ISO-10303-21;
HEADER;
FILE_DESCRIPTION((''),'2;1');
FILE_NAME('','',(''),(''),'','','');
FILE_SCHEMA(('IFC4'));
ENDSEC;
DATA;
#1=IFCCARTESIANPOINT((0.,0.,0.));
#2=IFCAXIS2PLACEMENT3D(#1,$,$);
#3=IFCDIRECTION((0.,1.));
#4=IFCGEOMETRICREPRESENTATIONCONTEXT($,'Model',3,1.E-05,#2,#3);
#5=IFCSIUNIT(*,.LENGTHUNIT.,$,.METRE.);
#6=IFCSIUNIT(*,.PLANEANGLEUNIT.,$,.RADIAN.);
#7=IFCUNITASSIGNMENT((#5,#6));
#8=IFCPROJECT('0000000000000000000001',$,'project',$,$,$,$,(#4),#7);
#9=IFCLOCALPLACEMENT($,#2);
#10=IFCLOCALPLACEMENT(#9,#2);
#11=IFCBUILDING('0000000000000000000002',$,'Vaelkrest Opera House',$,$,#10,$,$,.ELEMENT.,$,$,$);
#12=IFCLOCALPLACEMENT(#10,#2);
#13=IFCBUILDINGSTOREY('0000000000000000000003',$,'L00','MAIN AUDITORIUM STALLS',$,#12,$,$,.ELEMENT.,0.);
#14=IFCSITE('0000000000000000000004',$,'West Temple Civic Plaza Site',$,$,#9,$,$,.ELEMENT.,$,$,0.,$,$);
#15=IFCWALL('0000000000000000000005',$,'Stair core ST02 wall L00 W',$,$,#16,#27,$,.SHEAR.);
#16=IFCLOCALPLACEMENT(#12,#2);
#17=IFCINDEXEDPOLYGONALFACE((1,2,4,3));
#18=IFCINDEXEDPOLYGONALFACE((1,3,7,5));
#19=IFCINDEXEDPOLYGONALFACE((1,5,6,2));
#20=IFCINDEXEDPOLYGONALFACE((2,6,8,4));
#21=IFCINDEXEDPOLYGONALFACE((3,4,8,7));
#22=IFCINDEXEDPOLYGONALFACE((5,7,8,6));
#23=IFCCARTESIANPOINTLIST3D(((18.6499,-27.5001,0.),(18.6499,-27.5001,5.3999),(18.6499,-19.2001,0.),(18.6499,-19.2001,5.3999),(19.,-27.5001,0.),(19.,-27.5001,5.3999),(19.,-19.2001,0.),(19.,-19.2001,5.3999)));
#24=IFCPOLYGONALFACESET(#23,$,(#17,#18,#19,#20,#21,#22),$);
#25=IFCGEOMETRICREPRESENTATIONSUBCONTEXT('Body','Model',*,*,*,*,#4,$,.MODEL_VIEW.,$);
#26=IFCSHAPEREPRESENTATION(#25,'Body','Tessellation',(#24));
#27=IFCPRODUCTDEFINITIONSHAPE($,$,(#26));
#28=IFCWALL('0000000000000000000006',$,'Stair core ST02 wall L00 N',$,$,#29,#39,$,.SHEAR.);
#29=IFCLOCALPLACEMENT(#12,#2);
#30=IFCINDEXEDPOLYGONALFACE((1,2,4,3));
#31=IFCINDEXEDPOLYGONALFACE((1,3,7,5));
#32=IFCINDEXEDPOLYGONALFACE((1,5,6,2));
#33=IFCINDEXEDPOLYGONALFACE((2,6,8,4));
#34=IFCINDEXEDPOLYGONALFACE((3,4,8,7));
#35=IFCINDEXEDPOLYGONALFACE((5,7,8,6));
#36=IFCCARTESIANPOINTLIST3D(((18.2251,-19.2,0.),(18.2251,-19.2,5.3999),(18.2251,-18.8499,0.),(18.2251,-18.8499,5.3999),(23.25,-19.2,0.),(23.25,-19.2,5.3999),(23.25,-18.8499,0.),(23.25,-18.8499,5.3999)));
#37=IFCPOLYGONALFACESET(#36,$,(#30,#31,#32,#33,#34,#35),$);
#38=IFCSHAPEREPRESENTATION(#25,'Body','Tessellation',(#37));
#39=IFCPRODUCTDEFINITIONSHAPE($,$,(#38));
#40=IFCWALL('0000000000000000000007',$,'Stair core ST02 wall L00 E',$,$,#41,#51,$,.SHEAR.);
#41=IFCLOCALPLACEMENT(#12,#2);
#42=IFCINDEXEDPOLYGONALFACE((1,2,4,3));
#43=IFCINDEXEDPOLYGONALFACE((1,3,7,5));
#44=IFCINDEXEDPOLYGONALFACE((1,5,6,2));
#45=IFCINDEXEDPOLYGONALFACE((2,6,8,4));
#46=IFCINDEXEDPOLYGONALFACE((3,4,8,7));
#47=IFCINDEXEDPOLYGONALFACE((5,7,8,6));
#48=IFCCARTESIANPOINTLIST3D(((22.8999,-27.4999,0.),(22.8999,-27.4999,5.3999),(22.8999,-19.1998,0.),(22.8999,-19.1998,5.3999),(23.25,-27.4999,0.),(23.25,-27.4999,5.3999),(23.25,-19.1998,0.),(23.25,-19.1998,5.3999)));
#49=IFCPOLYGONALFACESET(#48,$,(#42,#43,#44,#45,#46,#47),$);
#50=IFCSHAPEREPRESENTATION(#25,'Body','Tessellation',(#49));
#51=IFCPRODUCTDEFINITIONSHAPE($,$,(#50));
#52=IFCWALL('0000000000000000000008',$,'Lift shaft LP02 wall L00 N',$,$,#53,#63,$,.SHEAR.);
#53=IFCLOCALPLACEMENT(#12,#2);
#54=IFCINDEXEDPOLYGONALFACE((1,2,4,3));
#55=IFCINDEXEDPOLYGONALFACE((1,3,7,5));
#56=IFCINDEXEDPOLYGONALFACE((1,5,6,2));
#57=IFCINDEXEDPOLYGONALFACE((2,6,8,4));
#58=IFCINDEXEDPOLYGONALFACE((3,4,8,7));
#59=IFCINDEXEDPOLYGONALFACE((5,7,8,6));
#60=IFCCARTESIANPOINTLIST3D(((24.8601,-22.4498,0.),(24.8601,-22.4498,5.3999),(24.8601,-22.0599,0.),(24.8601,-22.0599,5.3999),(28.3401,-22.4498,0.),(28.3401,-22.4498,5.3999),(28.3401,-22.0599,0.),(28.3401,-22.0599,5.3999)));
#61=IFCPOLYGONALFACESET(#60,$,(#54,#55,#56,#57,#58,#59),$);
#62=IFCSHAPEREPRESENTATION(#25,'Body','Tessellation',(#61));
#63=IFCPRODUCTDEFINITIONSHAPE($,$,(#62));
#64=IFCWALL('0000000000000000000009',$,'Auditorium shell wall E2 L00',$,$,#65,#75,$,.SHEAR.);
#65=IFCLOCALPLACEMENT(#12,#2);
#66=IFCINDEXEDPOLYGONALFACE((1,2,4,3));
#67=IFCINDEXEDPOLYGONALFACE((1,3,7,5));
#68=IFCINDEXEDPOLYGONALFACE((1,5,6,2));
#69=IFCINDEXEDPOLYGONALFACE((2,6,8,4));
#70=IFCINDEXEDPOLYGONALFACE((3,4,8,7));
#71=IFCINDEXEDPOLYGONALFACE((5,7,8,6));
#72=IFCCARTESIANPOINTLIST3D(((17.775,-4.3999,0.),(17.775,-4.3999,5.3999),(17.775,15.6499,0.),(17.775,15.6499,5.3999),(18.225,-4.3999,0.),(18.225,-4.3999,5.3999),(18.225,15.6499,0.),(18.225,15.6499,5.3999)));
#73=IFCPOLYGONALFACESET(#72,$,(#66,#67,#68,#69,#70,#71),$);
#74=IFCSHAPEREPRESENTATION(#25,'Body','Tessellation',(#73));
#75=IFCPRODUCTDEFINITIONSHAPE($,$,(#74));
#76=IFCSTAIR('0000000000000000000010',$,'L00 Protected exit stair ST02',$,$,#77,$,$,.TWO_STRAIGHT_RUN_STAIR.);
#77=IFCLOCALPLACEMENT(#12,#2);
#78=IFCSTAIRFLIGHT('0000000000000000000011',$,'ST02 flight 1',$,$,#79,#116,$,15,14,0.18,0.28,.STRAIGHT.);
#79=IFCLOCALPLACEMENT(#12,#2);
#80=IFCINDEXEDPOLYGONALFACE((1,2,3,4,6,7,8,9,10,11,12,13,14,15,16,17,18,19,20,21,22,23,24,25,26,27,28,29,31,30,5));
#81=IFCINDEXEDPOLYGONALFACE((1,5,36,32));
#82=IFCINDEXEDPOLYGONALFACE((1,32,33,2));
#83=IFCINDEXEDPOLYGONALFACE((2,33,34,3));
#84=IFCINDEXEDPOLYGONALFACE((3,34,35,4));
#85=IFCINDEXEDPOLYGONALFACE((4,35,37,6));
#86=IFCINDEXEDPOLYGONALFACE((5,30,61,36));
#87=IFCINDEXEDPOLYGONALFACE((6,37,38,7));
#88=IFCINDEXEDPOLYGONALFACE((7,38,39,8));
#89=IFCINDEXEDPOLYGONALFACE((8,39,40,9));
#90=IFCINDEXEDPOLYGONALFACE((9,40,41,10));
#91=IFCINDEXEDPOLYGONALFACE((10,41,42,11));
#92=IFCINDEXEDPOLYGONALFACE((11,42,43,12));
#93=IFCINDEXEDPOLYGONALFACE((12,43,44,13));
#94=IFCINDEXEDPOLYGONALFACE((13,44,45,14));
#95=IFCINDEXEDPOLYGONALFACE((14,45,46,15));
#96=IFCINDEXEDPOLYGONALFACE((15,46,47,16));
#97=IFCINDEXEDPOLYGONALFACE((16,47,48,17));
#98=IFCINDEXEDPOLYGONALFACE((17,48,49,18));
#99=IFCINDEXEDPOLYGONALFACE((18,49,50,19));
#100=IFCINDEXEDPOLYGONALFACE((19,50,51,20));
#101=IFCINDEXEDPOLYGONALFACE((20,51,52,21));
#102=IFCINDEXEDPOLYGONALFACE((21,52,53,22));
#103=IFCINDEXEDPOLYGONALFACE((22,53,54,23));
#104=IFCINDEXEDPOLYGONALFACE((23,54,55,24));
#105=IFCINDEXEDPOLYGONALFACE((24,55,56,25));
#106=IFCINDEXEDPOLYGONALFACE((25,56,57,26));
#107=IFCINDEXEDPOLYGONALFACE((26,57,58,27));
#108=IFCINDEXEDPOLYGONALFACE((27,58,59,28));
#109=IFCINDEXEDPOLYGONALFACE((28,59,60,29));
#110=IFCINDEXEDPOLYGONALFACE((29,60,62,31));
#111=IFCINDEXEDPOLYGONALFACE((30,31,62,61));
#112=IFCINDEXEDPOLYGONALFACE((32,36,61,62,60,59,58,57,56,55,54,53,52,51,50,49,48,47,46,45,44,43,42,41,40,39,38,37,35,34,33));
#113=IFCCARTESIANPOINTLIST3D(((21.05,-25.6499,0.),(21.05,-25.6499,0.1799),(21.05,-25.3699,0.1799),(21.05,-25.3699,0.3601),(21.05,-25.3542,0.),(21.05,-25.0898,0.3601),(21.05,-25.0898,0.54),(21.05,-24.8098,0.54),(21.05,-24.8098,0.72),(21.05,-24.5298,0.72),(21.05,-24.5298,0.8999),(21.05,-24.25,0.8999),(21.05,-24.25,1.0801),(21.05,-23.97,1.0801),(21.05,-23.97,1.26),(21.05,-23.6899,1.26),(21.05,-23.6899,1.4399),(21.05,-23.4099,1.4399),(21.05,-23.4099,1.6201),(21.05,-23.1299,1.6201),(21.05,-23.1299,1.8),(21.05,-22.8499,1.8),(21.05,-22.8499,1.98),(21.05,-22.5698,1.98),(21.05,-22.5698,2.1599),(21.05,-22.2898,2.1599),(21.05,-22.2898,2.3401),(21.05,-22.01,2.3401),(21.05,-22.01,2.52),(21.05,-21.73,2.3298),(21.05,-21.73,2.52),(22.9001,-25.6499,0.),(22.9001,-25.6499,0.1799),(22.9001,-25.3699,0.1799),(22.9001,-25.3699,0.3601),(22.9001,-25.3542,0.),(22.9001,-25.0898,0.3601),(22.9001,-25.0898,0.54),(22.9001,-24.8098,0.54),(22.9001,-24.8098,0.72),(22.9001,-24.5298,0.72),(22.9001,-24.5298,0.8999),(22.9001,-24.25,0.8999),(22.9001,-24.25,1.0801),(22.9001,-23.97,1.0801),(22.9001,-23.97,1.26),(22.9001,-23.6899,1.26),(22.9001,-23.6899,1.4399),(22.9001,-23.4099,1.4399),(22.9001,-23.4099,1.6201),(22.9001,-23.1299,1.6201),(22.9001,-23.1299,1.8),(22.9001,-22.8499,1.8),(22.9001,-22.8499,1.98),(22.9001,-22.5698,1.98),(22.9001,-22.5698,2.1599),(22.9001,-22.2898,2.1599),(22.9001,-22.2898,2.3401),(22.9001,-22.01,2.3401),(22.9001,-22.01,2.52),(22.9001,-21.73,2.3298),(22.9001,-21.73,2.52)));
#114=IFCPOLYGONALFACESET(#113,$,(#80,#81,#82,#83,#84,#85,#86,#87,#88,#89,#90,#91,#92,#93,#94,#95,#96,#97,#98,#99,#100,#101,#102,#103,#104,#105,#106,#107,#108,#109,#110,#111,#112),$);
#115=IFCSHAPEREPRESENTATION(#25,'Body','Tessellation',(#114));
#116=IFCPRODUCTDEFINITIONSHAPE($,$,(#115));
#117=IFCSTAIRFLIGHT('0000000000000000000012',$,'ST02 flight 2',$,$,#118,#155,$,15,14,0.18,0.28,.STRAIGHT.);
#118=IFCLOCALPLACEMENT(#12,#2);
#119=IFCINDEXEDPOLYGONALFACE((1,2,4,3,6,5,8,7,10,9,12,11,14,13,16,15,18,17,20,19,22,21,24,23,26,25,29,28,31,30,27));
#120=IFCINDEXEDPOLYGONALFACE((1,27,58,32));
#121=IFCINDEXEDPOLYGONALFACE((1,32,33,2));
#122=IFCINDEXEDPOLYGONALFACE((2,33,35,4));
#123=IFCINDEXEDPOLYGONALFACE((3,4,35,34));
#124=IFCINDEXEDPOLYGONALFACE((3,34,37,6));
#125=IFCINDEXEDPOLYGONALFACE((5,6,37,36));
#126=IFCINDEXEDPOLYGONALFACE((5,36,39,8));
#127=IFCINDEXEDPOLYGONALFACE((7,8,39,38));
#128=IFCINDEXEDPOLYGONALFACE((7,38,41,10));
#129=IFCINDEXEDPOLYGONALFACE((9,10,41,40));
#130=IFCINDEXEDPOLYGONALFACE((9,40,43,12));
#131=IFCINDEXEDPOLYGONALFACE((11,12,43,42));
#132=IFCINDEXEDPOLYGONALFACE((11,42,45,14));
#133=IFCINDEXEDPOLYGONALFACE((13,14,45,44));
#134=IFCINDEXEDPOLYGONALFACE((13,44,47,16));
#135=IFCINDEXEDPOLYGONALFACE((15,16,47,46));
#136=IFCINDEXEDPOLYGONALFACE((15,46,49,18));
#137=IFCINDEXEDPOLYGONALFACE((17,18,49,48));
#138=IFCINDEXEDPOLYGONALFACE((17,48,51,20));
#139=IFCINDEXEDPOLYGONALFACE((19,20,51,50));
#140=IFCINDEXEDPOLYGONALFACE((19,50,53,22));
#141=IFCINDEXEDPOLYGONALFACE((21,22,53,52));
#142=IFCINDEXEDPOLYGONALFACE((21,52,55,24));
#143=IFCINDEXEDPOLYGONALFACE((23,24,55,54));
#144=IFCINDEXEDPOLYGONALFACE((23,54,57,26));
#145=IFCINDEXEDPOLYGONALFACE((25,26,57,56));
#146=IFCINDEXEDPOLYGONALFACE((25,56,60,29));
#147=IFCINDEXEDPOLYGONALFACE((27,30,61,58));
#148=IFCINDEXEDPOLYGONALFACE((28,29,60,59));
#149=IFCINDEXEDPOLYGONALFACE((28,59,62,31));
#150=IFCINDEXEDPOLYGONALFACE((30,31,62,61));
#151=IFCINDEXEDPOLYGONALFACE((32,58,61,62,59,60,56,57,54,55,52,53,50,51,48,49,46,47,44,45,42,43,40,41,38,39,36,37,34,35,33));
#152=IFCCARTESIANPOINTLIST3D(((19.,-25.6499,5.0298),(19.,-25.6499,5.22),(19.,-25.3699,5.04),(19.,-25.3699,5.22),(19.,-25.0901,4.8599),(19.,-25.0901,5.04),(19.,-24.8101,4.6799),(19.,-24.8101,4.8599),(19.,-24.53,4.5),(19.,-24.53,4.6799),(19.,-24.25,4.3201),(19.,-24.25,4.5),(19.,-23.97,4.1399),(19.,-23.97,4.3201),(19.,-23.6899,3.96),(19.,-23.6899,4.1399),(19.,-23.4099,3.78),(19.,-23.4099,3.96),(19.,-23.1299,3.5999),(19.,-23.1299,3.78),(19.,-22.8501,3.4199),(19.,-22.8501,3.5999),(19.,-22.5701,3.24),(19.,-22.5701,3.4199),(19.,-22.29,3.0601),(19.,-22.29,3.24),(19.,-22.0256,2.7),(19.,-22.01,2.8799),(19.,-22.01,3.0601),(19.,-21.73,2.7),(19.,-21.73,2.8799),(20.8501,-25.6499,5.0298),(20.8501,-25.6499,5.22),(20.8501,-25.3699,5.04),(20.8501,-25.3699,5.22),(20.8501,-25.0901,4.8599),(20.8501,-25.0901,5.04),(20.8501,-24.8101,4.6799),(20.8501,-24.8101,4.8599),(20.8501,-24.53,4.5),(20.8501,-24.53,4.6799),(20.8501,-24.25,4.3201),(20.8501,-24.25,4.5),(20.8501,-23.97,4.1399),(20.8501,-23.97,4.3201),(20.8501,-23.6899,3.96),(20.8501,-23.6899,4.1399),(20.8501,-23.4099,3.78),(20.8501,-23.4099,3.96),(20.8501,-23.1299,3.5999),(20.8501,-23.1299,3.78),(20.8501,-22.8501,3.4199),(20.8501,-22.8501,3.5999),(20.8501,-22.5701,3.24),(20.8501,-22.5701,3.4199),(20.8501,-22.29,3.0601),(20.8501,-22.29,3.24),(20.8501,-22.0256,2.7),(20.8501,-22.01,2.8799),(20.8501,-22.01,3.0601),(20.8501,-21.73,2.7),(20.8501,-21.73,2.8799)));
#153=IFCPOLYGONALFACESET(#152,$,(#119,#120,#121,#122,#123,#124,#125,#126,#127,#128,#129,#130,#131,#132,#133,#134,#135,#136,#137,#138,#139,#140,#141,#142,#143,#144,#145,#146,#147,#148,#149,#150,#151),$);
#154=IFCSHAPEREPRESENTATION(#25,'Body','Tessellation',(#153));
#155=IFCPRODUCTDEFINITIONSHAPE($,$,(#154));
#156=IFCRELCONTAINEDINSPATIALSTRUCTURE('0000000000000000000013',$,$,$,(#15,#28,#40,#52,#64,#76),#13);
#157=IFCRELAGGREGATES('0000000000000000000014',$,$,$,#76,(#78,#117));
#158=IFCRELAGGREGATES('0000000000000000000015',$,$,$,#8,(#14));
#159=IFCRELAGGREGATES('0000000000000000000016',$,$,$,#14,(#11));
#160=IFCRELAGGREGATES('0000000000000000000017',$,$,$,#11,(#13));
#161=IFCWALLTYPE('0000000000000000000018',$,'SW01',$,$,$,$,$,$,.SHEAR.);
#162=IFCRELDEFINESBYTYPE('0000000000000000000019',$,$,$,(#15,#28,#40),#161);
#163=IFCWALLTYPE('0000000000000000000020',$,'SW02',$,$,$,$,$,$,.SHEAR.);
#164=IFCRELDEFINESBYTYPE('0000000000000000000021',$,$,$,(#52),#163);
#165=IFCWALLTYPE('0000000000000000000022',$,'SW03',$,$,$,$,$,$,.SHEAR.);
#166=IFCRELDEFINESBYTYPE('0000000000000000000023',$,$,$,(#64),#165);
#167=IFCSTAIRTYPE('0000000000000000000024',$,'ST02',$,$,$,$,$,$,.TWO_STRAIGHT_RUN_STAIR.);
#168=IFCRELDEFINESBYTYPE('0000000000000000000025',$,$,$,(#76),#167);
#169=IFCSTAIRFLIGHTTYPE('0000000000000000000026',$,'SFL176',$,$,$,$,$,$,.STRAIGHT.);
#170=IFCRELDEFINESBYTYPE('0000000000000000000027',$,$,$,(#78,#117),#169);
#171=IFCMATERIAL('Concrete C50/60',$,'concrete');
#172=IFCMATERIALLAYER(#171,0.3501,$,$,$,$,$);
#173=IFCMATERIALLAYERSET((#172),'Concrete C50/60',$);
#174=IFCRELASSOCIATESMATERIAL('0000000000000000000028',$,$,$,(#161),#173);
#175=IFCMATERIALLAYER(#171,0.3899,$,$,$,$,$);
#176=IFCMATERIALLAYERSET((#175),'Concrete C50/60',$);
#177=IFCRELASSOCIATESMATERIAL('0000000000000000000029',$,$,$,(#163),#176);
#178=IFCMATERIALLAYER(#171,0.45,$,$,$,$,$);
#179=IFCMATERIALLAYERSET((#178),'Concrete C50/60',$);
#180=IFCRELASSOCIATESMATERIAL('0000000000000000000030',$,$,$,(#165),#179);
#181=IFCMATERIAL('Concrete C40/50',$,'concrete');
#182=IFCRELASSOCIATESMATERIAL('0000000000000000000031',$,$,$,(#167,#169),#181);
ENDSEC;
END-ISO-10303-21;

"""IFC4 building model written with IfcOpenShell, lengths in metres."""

from ifc_helpers import new_model, si_unit, direction, frame, frame_2d, origin, place, context, subcontext, project, spatial, polyline, rectangle, outline, extrude, material, layer, layer_set, type_object, element, aggregate, save


model = new_model("IFC4")

# Units and contexts
model_context = context("Model", 3, precision=1e-05, world=origin(), true_north=direction((0.0, 1.0)))
body_context = subcontext(model_context, "Body", "Model", "MODEL_VIEW")
ifc_project = project(units=[si_unit("LENGTHUNIT", "METRE"), si_unit("PLANEANGLEUNIT", "RADIAN")], contexts=[model_context])

# Site, building, storey
site_placement = place(None, origin())
site = spatial("IfcSite", under=ifc_project, at=site_placement, Name="West Temple Civic Plaza Site", CompositionType="ELEMENT", RefElevation=0.0)
building_placement = place(site_placement, origin())
building = spatial("IfcBuilding", under=site, at=building_placement, Name="Vaelkrest Opera House", CompositionType="ELEMENT")
storey_placement = place(building_placement, origin())
storey = spatial("IfcBuildingStorey", under=building, at=storey_placement, Name="L00", Description="MAIN AUDITORIUM STALLS", CompositionType="ELEMENT", Elevation=0.0)

# Shared definitions
ifc_material_1 = material(Name="Concrete C50/60", Category="concrete")

# Shared definitions
ifc_material_2 = material(Name="Concrete C40/50", Category="concrete")

# Walls
ifc_layer_1 = layer(ifc_material_1, 0.3501)
ifc_layer_set_1 = layer_set([ifc_layer_1], Name="Concrete C50/60")
wall_type_1 = type_object("IfcWallType", Name="SW01", PredefinedType="SHEAR", material=ifc_layer_set_1)
wall_1_placement = place(storey_placement, frame((18.825, -27.5, 0.0), z_axis=(0.0, 0.0, 1.0), x_axis=(0.0, 1.0, 0.0)))
element("IfcWall", 1, at=wall_1_placement, inside=storey, type_object=wall_type_1, Name="Stair core ST02 wall L00 W", PredefinedType="SHEAR", context=body_context, shape_type="SweptSolid", body=[
    extrude(rectangle(XDim=8.3, YDim=0.3501, at=frame_2d((4.1499, 0.0))), origin(), (0.0, 0.0, 1.0), 5.3999),
])
wall_2_placement = place(storey_placement, frame((18.2251, -19.0249, 0.0), z_axis=(0.0, 0.0, 1.0), x_axis=(1.0, 0.0, 0.0)))
element("IfcWall", 2, at=wall_2_placement, inside=storey, type_object=wall_type_1, Name="Stair core ST02 wall L00 N", PredefinedType="SHEAR", context=body_context, shape_type="SweptSolid", body=[
    extrude(rectangle(XDim=5.0249, YDim=0.3501, at=frame_2d((2.5125, 0.0))), origin(), (0.0, 0.0, 1.0), 5.3999),
])
wall_3_placement = place(storey_placement, frame((23.075, -19.2, 0.0), z_axis=(0.0, 0.0, 1.0), x_axis=(0.0, -1.0, 0.0)))
element("IfcWall", 3, at=wall_3_placement, inside=storey, type_object=wall_type_1, Name="Stair core ST02 wall L00 E", PredefinedType="SHEAR", context=body_context, shape_type="SweptSolid", body=[
    extrude(rectangle(XDim=8.3, YDim=0.3501, at=frame_2d((4.1499, 0.0))), origin(), (0.0, 0.0, 1.0), 5.3999),
])
ifc_layer_2 = layer(ifc_material_1, 0.3899)
ifc_layer_set_2 = layer_set([ifc_layer_2], Name="Concrete C50/60")
wall_type_2 = type_object("IfcWallType", Name="SW02", PredefinedType="SHEAR", material=ifc_layer_set_2)
wall_4_placement = place(storey_placement, frame((24.8601, -22.2549, 0.0), z_axis=(0.0, 0.0, 1.0), x_axis=(1.0, 0.0, 0.0)))
element("IfcWall", 4, at=wall_4_placement, inside=storey, type_object=wall_type_2, Name="Lift shaft LP02 wall L00 N", PredefinedType="SHEAR", context=body_context, shape_type="SweptSolid", body=[
    extrude(rectangle(XDim=3.48, YDim=0.3899, at=frame_2d((1.74, 0.0))), origin(), (0.0, 0.0, 1.0), 5.3999),
])
ifc_layer_3 = layer(ifc_material_1, 0.45)
ifc_layer_set_3 = layer_set([ifc_layer_3], Name="Concrete C50/60")
wall_type_3 = type_object("IfcWallType", Name="SW03", PredefinedType="SHEAR", material=ifc_layer_set_3)
wall_5_placement = place(storey_placement, frame((18.0, -4.3999, 0.0), z_axis=(0.0, 0.0, 1.0), x_axis=(0.0, 1.0, 0.0)))
element("IfcWall", 5, at=wall_5_placement, inside=storey, type_object=wall_type_3, Name="Auditorium shell wall E2 L00", PredefinedType="SHEAR", context=body_context, shape_type="SweptSolid", body=[
    extrude(rectangle(XDim=20.0498, YDim=0.45, at=frame_2d((10.0249, 0.0))), origin(), (0.0, 0.0, 1.0), 5.3999),
])

# Stair, stair flights
stair_type = type_object("IfcStairType", Name="ST02", PredefinedType="TWO_STRAIGHT_RUN_STAIR", material=ifc_material_2)
stair_placement = place(storey_placement, origin())
stair = element("IfcStair", 6, at=stair_placement, inside=storey, type_object=stair_type, Name="L00 Protected exit stair ST02", PredefinedType="TWO_STRAIGHT_RUN_STAIR")
stair_flight_type = type_object("IfcStairFlightType", Name="SFL176", PredefinedType="STRAIGHT", material=ifc_material_2)
stair_flight_1_placement = place(storey_placement, frame((21.9751, -25.6499, 0.0), z_axis=(0.0, 0.0, 1.0), x_axis=(0.0, 1.0, 0.0)))
stair_flight_1 = element("IfcStairFlight", 7, at=stair_flight_1_placement, type_object=stair_flight_type, Name="ST02 flight 1", NumberOfRisers=15, NumberOfTreads=14, PredefinedType="STRAIGHT", RiserHeight=0.18, TreadLength=0.28, context=body_context, shape_type="SweptSolid", body=[
    extrude(outline(polyline([(0.0, 0.0), (0.0, 0.1799), (0.28, 0.1799), (0.28, 0.3601), (0.5601, 0.3601), (0.5601, 0.54), (0.8401, 0.54), (0.8401, 0.72), (1.1201, 0.72), (1.1201, 0.8999), (1.3999, 0.8999), (1.3999, 1.0801), (1.6799, 1.0801), (1.6799, 1.26), (1.96, 1.26), (1.96, 1.4399), (2.24, 1.4399), (2.24, 1.6201), (2.52, 1.6201), (2.52, 1.8), (2.8, 1.8), (2.8, 1.98), (3.0801, 1.98), (3.0801, 2.1599), (3.3601, 2.1599), (3.3601, 2.3401), (3.6399, 2.3401), (3.6399, 2.52), (3.9199, 2.52), (3.9199, 2.7), (3.9199, 2.3298), (0.2957, 0.0), (0.0, 0.0)])), frame((0.0, 0.925, 0.0), z_axis=(0.0, -1.0, 0.0), x_axis=(1.0, 0.0, 0.0)), (0.0, 0.0, 1.0), 1.8501),
])
stair_flight_2_placement = place(storey_placement, frame((19.925, -21.73, 2.7), z_axis=(0.0, 0.0, 1.0), x_axis=(0.0, -1.0, 0.0)))
stair_flight_2 = element("IfcStairFlight", 8, at=stair_flight_2_placement, type_object=stair_flight_type, Name="ST02 flight 2", NumberOfRisers=15, NumberOfTreads=14, PredefinedType="STRAIGHT", RiserHeight=0.18, TreadLength=0.28, context=body_context, shape_type="SweptSolid", body=[
    extrude(outline(polyline([(0.0, 0.0), (0.0, 0.1799), (0.28, 0.1799), (0.28, 0.3601), (0.5601, 0.3601), (0.5601, 0.54), (0.8401, 0.54), (0.8401, 0.72), (1.1201, 0.72), (1.1201, 0.8999), (1.3999, 0.8999), (1.3999, 1.0801), (1.6799, 1.0801), (1.6799, 1.26), (1.96, 1.26), (1.96, 1.4399), (2.24, 1.4399), (2.24, 1.6201), (2.52, 1.6201), (2.52, 1.8), (2.8, 1.8), (2.8, 1.98), (3.0801, 1.98), (3.0801, 2.1599), (3.3601, 2.1599), (3.3601, 2.3401), (3.6399, 2.3401), (3.6399, 2.52), (3.9199, 2.52), (3.9199, 2.7), (3.9199, 2.3298), (0.2957, 0.0), (0.0, 0.0)])), frame((0.0, 0.925, 0.0), z_axis=(0.0, -1.0, 0.0), x_axis=(1.0, 0.0, 0.0)), (0.0, 0.0, 1.0), 1.8501),
])
aggregate(stair, [stair_flight_1, stair_flight_2])

save(model, "model.ifc")
